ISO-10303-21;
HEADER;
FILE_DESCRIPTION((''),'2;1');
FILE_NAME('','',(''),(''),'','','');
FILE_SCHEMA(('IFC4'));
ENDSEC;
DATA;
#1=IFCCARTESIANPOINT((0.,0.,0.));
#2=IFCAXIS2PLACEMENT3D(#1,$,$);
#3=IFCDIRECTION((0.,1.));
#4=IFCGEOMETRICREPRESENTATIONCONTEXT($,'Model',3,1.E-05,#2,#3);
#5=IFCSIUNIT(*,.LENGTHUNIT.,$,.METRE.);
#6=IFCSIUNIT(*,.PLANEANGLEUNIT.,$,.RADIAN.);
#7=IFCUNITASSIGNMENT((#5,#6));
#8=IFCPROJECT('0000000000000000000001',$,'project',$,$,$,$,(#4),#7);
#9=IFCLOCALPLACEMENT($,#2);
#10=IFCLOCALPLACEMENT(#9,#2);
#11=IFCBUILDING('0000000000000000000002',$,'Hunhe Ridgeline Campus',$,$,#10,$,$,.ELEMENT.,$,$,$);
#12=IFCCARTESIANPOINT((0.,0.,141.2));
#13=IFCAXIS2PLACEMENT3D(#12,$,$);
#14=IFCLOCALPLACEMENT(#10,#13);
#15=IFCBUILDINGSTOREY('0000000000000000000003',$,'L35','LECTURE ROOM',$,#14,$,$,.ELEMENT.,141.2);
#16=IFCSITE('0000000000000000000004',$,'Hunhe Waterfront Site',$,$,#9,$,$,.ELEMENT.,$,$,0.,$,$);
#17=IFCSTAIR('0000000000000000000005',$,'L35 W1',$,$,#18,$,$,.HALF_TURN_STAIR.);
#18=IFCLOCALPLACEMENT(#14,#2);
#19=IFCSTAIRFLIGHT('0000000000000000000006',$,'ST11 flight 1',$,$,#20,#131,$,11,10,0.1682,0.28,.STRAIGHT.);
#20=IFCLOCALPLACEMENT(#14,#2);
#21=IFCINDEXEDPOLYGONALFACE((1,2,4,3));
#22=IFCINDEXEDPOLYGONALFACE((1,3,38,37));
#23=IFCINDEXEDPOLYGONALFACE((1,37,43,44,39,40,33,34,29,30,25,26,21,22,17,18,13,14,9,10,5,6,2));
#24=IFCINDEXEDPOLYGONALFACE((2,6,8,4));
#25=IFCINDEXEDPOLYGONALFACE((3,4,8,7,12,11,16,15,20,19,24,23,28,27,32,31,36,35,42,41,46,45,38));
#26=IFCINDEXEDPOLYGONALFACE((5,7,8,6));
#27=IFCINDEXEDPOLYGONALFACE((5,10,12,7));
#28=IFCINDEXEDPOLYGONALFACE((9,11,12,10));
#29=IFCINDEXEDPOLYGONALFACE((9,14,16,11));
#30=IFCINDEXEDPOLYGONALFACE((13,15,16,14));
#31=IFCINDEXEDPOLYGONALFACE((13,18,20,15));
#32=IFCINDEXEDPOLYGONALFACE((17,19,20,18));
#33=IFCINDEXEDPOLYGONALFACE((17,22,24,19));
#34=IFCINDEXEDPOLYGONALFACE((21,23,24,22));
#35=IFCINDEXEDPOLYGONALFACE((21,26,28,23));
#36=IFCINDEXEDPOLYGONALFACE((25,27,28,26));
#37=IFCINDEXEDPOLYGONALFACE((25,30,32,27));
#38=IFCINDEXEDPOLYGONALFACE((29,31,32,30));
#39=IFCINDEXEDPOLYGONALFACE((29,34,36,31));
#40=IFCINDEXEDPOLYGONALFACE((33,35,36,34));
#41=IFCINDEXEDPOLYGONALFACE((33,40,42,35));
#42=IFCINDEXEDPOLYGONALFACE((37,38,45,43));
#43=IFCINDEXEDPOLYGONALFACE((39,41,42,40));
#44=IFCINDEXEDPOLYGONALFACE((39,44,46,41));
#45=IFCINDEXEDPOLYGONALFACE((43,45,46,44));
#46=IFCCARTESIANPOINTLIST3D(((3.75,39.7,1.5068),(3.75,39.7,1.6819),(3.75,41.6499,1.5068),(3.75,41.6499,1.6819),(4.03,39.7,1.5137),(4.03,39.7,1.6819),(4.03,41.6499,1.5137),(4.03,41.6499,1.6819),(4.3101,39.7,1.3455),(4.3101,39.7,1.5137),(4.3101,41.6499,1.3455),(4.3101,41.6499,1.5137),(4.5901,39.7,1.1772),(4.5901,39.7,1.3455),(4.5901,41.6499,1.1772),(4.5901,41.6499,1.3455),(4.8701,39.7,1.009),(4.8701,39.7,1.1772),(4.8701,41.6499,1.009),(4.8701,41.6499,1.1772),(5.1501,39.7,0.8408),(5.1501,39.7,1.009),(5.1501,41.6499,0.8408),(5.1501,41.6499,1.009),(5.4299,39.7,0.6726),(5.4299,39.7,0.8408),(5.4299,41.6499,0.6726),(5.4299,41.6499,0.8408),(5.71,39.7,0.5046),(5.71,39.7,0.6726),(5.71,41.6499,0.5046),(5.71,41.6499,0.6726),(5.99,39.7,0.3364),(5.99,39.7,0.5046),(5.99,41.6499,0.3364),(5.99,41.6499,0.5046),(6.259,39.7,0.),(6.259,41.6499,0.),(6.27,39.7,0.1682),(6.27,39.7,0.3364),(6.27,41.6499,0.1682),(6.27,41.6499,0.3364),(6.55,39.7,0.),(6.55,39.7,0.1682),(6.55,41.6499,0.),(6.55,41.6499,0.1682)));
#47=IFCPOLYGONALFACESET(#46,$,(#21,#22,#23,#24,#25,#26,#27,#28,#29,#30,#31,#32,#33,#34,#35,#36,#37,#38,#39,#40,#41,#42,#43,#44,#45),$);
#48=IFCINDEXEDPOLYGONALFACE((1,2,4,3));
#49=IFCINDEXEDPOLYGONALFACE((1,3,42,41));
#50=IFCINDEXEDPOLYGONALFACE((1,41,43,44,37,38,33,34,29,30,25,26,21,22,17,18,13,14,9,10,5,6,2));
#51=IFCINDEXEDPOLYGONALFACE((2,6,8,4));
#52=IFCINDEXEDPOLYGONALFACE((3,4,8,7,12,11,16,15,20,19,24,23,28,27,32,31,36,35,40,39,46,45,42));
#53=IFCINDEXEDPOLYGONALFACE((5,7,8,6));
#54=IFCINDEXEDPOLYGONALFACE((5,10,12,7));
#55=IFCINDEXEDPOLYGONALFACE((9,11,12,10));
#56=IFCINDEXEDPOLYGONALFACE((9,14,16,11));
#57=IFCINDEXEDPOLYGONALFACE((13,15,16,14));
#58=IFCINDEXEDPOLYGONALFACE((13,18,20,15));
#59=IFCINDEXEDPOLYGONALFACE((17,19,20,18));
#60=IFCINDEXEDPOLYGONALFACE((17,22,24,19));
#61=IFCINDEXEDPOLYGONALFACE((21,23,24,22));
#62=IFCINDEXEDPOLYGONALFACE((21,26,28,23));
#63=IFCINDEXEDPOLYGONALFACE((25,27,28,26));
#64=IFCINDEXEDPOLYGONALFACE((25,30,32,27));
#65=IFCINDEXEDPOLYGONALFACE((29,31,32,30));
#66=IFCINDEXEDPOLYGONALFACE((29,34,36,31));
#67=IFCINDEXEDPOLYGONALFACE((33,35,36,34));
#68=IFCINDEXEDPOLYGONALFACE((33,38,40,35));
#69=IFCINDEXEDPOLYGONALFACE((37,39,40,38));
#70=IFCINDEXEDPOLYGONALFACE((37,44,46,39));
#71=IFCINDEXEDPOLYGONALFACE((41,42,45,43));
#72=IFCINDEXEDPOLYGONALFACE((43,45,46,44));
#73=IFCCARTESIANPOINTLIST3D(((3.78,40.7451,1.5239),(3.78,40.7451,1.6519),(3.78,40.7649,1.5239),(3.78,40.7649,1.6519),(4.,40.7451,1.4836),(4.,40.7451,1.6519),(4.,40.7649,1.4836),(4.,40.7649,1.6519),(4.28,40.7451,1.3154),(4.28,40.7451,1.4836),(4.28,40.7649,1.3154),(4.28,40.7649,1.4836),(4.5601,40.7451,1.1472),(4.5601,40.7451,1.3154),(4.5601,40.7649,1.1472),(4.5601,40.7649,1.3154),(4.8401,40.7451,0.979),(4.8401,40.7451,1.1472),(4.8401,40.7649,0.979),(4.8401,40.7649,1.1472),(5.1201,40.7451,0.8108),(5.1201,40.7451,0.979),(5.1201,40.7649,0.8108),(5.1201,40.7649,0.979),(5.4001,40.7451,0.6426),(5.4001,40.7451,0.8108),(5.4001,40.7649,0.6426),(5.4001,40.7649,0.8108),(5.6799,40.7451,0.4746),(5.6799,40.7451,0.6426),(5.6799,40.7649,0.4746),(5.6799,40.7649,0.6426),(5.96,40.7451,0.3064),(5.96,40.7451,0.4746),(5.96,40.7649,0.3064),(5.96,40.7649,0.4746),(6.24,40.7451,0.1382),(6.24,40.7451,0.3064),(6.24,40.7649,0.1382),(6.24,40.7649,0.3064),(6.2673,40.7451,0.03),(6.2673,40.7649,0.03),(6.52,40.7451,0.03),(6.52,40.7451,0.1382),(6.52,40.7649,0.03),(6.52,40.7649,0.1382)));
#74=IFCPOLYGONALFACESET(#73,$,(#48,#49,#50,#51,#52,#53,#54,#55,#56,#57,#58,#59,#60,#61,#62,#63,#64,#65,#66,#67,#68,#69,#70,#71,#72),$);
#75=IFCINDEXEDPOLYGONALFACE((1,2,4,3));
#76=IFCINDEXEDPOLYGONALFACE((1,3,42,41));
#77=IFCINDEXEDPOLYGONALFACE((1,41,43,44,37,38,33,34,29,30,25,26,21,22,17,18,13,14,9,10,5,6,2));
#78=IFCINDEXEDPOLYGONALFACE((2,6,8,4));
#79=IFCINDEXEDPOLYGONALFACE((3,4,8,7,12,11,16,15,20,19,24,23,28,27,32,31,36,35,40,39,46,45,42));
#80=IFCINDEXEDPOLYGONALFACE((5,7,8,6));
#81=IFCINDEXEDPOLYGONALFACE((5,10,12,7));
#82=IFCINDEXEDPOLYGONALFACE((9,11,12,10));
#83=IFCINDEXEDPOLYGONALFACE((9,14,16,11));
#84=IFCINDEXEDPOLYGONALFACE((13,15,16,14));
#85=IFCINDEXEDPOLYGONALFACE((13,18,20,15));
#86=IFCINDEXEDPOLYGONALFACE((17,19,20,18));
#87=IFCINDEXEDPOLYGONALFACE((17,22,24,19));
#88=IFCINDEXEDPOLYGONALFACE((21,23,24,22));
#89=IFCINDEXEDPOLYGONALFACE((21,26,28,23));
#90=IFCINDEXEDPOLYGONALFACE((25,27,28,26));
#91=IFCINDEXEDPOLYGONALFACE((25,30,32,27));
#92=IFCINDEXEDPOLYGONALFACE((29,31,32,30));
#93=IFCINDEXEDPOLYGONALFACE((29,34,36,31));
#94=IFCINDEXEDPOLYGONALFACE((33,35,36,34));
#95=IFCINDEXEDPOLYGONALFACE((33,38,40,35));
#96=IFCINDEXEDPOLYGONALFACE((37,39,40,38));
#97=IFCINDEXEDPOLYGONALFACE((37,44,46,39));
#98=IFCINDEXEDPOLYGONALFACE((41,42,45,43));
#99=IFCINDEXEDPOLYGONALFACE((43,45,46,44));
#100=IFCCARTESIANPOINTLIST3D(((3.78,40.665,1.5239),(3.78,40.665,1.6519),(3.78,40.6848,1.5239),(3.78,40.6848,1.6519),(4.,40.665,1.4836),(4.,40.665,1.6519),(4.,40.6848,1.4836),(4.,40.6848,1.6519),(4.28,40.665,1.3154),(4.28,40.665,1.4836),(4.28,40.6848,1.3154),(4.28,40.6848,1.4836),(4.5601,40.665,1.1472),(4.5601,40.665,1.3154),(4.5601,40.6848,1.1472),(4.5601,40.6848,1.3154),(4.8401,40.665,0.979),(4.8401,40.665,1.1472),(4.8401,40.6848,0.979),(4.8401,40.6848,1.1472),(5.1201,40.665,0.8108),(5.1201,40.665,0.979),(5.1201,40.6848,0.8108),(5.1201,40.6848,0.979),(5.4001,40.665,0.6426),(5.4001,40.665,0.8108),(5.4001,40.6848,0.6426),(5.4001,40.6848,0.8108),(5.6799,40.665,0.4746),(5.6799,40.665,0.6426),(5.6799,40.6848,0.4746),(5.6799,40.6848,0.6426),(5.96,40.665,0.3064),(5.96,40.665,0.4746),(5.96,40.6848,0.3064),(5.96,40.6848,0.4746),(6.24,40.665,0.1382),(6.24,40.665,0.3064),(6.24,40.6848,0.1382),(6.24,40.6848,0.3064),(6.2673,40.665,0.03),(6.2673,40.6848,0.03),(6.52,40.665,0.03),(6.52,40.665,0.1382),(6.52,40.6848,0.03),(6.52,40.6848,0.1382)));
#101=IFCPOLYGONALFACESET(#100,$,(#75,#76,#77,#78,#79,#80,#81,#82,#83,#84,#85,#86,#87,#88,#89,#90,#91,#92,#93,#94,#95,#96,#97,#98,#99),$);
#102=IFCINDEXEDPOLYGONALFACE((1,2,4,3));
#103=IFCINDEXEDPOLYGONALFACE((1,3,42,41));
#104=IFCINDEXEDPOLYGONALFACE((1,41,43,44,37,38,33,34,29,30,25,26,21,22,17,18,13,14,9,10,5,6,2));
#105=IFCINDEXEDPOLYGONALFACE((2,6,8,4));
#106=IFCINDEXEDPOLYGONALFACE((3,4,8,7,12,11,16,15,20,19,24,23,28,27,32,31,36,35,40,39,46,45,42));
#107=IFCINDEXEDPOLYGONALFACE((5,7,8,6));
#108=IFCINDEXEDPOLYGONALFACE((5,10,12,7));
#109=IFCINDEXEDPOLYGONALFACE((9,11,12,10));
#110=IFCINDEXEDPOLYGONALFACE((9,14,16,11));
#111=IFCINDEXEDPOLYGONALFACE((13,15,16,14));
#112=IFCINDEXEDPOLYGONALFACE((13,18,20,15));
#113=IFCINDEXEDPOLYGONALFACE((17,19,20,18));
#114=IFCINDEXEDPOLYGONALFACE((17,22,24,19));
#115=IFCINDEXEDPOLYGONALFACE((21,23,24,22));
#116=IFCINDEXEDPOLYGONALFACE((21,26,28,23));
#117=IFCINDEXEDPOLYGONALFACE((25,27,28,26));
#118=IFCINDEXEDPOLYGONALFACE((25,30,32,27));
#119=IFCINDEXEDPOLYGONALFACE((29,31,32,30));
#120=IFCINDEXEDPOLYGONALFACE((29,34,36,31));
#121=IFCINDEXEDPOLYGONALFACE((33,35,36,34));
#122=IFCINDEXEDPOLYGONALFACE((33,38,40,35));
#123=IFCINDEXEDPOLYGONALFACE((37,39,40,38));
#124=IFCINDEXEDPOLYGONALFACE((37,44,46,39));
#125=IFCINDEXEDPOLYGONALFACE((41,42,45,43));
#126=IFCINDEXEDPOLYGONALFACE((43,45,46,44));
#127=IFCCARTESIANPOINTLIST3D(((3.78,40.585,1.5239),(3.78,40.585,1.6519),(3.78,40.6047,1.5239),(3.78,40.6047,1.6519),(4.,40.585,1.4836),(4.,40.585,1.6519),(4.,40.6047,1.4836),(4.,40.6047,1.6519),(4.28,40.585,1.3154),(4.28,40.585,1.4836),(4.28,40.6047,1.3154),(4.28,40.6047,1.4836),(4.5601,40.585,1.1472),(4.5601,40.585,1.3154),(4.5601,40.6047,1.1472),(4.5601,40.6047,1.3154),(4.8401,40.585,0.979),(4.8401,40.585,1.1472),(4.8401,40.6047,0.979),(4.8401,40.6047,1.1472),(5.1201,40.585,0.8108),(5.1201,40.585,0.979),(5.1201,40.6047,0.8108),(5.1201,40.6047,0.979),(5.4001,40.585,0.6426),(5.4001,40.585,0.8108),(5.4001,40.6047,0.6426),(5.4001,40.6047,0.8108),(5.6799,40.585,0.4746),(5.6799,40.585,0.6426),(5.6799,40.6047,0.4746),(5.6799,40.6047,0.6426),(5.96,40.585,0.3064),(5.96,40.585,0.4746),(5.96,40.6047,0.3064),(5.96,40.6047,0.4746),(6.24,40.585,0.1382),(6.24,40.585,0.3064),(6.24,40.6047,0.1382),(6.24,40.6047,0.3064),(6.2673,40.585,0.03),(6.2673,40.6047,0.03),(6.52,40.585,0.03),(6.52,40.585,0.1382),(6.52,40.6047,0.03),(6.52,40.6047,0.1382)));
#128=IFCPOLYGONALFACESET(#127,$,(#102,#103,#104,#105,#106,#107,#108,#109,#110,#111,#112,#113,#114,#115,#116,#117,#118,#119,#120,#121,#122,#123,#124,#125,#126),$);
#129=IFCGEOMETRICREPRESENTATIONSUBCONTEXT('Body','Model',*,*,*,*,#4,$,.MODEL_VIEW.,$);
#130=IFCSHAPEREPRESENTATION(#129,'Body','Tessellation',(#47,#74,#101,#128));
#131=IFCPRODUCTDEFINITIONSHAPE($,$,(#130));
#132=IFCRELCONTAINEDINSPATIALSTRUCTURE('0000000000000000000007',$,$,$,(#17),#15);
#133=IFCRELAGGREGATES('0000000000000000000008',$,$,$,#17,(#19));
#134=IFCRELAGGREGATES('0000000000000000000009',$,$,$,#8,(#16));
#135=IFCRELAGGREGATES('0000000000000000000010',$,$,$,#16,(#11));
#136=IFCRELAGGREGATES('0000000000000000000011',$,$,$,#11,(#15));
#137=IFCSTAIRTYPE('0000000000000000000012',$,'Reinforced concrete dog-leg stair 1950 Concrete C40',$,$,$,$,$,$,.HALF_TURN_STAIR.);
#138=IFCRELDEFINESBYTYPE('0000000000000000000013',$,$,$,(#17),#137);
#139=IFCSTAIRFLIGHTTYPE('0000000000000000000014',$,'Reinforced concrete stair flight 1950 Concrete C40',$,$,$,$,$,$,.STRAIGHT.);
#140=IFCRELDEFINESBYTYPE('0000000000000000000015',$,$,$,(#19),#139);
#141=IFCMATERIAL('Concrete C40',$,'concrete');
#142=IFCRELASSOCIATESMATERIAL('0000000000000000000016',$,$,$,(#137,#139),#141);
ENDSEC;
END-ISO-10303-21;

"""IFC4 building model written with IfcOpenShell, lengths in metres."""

from ifc_helpers import new_model, si_unit, direction, frame, origin, place, context, subcontext, project, spatial, polyline, outline, extrude, material, type_object, element, aggregate, save


model = new_model("IFC4")

# Units and contexts
model_context = context("Model", 3, precision=1e-05, world=origin(), true_north=direction((0.0, 1.0)))
body_context = subcontext(model_context, "Body", "Model", "MODEL_VIEW")
ifc_project = project(units=[si_unit("LENGTHUNIT", "METRE"), si_unit("PLANEANGLEUNIT", "RADIAN")], contexts=[model_context])

# Site, building, storey
site_placement = place(None, origin())
site = spatial("IfcSite", under=ifc_project, at=site_placement, Name="Hunhe Waterfront Site", CompositionType="ELEMENT", RefElevation=0.0)
building_placement = place(site_placement, origin())
building = spatial("IfcBuilding", under=site, at=building_placement, Name="Hunhe Ridgeline Campus", CompositionType="ELEMENT")
storey_placement = place(building_placement, frame((0.0, 0.0, 141.2)))
storey = spatial("IfcBuildingStorey", under=building, at=storey_placement, Name="L35", Description="LECTURE ROOM", CompositionType="ELEMENT", Elevation=141.2)

# Stair, stair flight
ifc_material_1 = material(Name="Concrete C40", Category="concrete")
stair_type = type_object("IfcStairType", Name="Reinforced concrete dog-leg stair 1950 Concrete C40", PredefinedType="HALF_TURN_STAIR", material=ifc_material_1)
stair_placement = place(storey_placement, origin())
stair = element("IfcStair", 1, at=stair_placement, inside=storey, type_object=stair_type, Name="L35 W1", PredefinedType="HALF_TURN_STAIR")
stair_flight_type = type_object("IfcStairFlightType", Name="Reinforced concrete stair flight 1950 Concrete C40", PredefinedType="STRAIGHT", material=ifc_material_1)
stair_flight_1_placement = place(storey_placement, frame((6.55, 40.675, 0.0), z_axis=(0.0, 0.0, 1.0), x_axis=(-1.0, 0.0, 0.0)))
stair_flight_1 = element("IfcStairFlight", 2, at=stair_flight_1_placement, type_object=stair_flight_type, Name="ST11 flight 1", NumberOfRisers=11, NumberOfTreads=10, PredefinedType="STRAIGHT", RiserHeight=0.1682, TreadLength=0.28, context=body_context, shape_type="SweptSolid", body=[
    extrude(outline(polyline([(0.0, 0.0), (0.0, 0.1682), (0.28, 0.1682), (0.28, 0.3364), (0.5601, 0.3364), (0.5601, 0.5046), (0.8401, 0.5046), (0.8401, 0.6726), (1.1201, 0.6726), (1.1201, 0.8408), (1.3999, 0.8408), (1.3999, 1.009), (1.6799, 1.009), (1.6799, 1.1772), (1.96, 1.1772), (1.96, 1.3455), (2.24, 1.3455), (2.24, 1.5137), (2.52, 1.5137), (2.52, 1.6819), (2.8, 1.6819), (2.8, 1.8501), (2.8, 1.5068), (0.291, 0.0), (0.0, 0.0)])), frame((0.0, 0.9751, 0.0), z_axis=(0.0, -1.0, 0.0), x_axis=(1.0, 0.0, 0.0)), (0.0, 0.0, 1.0), 1.95),
    extrude(outline(polyline([(0.03, 0.03), (0.03, 0.1382), (0.3101, 0.1382), (0.3101, 0.3064), (0.5901, 0.3064), (0.5901, 0.4746), (0.8701, 0.4746), (0.8701, 0.6426), (1.1499, 0.6426), (1.1499, 0.8108), (1.4299, 0.8108), (1.4299, 0.979), (1.71, 0.979), (1.71, 1.1472), (1.99, 1.1472), (1.99, 1.3154), (2.27, 1.3154), (2.27, 1.4836), (2.55, 1.4836), (2.55, 1.6519), (2.77, 1.6519), (2.77, 1.5239), (0.2827, 0.03), (0.03, 0.03)])), frame((0.0, -0.0701, 0.0), z_axis=(0.0, -1.0, 0.0), x_axis=(1.0, 0.0, 0.0)), (0.0, 0.0, 1.0), 0.0198),
    extrude(outline(polyline([(0.03, 0.03), (0.03, 0.1382), (0.3101, 0.1382), (0.3101, 0.3064), (0.5901, 0.3064), (0.5901, 0.4746), (0.8701, 0.4746), (0.8701, 0.6426), (1.1499, 0.6426), (1.1499, 0.8108), (1.4299, 0.8108), (1.4299, 0.979), (1.71, 0.979), (1.71, 1.1472), (1.99, 1.1472), (1.99, 1.3154), (2.27, 1.3154), (2.27, 1.4836), (2.55, 1.4836), (2.55, 1.6519), (2.77, 1.6519), (2.77, 1.5239), (0.2827, 0.03), (0.03, 0.03)])), frame((0.0, 0.01, 0.0), z_axis=(0.0, -1.0, 0.0), x_axis=(1.0, 0.0, 0.0)), (0.0, 0.0, 1.0), 0.0198),
    extrude(outline(polyline([(0.03, 0.03), (0.03, 0.1382), (0.3101, 0.1382), (0.3101, 0.3064), (0.5901, 0.3064), (0.5901, 0.4746), (0.8701, 0.4746), (0.8701, 0.6426), (1.1499, 0.6426), (1.1499, 0.8108), (1.4299, 0.8108), (1.4299, 0.979), (1.71, 0.979), (1.71, 1.1472), (1.99, 1.1472), (1.99, 1.3154), (2.27, 1.3154), (2.27, 1.4836), (2.55, 1.4836), (2.55, 1.6519), (2.77, 1.6519), (2.77, 1.5239), (0.2827, 0.03), (0.03, 0.03)])), frame((0.0, 0.0901, 0.0), z_axis=(0.0, -1.0, 0.0), x_axis=(1.0, 0.0, 0.0)), (0.0, 0.0, 1.0), 0.0198),
])
aggregate(stair, [stair_flight_1])

save(model, "model.ifc")
